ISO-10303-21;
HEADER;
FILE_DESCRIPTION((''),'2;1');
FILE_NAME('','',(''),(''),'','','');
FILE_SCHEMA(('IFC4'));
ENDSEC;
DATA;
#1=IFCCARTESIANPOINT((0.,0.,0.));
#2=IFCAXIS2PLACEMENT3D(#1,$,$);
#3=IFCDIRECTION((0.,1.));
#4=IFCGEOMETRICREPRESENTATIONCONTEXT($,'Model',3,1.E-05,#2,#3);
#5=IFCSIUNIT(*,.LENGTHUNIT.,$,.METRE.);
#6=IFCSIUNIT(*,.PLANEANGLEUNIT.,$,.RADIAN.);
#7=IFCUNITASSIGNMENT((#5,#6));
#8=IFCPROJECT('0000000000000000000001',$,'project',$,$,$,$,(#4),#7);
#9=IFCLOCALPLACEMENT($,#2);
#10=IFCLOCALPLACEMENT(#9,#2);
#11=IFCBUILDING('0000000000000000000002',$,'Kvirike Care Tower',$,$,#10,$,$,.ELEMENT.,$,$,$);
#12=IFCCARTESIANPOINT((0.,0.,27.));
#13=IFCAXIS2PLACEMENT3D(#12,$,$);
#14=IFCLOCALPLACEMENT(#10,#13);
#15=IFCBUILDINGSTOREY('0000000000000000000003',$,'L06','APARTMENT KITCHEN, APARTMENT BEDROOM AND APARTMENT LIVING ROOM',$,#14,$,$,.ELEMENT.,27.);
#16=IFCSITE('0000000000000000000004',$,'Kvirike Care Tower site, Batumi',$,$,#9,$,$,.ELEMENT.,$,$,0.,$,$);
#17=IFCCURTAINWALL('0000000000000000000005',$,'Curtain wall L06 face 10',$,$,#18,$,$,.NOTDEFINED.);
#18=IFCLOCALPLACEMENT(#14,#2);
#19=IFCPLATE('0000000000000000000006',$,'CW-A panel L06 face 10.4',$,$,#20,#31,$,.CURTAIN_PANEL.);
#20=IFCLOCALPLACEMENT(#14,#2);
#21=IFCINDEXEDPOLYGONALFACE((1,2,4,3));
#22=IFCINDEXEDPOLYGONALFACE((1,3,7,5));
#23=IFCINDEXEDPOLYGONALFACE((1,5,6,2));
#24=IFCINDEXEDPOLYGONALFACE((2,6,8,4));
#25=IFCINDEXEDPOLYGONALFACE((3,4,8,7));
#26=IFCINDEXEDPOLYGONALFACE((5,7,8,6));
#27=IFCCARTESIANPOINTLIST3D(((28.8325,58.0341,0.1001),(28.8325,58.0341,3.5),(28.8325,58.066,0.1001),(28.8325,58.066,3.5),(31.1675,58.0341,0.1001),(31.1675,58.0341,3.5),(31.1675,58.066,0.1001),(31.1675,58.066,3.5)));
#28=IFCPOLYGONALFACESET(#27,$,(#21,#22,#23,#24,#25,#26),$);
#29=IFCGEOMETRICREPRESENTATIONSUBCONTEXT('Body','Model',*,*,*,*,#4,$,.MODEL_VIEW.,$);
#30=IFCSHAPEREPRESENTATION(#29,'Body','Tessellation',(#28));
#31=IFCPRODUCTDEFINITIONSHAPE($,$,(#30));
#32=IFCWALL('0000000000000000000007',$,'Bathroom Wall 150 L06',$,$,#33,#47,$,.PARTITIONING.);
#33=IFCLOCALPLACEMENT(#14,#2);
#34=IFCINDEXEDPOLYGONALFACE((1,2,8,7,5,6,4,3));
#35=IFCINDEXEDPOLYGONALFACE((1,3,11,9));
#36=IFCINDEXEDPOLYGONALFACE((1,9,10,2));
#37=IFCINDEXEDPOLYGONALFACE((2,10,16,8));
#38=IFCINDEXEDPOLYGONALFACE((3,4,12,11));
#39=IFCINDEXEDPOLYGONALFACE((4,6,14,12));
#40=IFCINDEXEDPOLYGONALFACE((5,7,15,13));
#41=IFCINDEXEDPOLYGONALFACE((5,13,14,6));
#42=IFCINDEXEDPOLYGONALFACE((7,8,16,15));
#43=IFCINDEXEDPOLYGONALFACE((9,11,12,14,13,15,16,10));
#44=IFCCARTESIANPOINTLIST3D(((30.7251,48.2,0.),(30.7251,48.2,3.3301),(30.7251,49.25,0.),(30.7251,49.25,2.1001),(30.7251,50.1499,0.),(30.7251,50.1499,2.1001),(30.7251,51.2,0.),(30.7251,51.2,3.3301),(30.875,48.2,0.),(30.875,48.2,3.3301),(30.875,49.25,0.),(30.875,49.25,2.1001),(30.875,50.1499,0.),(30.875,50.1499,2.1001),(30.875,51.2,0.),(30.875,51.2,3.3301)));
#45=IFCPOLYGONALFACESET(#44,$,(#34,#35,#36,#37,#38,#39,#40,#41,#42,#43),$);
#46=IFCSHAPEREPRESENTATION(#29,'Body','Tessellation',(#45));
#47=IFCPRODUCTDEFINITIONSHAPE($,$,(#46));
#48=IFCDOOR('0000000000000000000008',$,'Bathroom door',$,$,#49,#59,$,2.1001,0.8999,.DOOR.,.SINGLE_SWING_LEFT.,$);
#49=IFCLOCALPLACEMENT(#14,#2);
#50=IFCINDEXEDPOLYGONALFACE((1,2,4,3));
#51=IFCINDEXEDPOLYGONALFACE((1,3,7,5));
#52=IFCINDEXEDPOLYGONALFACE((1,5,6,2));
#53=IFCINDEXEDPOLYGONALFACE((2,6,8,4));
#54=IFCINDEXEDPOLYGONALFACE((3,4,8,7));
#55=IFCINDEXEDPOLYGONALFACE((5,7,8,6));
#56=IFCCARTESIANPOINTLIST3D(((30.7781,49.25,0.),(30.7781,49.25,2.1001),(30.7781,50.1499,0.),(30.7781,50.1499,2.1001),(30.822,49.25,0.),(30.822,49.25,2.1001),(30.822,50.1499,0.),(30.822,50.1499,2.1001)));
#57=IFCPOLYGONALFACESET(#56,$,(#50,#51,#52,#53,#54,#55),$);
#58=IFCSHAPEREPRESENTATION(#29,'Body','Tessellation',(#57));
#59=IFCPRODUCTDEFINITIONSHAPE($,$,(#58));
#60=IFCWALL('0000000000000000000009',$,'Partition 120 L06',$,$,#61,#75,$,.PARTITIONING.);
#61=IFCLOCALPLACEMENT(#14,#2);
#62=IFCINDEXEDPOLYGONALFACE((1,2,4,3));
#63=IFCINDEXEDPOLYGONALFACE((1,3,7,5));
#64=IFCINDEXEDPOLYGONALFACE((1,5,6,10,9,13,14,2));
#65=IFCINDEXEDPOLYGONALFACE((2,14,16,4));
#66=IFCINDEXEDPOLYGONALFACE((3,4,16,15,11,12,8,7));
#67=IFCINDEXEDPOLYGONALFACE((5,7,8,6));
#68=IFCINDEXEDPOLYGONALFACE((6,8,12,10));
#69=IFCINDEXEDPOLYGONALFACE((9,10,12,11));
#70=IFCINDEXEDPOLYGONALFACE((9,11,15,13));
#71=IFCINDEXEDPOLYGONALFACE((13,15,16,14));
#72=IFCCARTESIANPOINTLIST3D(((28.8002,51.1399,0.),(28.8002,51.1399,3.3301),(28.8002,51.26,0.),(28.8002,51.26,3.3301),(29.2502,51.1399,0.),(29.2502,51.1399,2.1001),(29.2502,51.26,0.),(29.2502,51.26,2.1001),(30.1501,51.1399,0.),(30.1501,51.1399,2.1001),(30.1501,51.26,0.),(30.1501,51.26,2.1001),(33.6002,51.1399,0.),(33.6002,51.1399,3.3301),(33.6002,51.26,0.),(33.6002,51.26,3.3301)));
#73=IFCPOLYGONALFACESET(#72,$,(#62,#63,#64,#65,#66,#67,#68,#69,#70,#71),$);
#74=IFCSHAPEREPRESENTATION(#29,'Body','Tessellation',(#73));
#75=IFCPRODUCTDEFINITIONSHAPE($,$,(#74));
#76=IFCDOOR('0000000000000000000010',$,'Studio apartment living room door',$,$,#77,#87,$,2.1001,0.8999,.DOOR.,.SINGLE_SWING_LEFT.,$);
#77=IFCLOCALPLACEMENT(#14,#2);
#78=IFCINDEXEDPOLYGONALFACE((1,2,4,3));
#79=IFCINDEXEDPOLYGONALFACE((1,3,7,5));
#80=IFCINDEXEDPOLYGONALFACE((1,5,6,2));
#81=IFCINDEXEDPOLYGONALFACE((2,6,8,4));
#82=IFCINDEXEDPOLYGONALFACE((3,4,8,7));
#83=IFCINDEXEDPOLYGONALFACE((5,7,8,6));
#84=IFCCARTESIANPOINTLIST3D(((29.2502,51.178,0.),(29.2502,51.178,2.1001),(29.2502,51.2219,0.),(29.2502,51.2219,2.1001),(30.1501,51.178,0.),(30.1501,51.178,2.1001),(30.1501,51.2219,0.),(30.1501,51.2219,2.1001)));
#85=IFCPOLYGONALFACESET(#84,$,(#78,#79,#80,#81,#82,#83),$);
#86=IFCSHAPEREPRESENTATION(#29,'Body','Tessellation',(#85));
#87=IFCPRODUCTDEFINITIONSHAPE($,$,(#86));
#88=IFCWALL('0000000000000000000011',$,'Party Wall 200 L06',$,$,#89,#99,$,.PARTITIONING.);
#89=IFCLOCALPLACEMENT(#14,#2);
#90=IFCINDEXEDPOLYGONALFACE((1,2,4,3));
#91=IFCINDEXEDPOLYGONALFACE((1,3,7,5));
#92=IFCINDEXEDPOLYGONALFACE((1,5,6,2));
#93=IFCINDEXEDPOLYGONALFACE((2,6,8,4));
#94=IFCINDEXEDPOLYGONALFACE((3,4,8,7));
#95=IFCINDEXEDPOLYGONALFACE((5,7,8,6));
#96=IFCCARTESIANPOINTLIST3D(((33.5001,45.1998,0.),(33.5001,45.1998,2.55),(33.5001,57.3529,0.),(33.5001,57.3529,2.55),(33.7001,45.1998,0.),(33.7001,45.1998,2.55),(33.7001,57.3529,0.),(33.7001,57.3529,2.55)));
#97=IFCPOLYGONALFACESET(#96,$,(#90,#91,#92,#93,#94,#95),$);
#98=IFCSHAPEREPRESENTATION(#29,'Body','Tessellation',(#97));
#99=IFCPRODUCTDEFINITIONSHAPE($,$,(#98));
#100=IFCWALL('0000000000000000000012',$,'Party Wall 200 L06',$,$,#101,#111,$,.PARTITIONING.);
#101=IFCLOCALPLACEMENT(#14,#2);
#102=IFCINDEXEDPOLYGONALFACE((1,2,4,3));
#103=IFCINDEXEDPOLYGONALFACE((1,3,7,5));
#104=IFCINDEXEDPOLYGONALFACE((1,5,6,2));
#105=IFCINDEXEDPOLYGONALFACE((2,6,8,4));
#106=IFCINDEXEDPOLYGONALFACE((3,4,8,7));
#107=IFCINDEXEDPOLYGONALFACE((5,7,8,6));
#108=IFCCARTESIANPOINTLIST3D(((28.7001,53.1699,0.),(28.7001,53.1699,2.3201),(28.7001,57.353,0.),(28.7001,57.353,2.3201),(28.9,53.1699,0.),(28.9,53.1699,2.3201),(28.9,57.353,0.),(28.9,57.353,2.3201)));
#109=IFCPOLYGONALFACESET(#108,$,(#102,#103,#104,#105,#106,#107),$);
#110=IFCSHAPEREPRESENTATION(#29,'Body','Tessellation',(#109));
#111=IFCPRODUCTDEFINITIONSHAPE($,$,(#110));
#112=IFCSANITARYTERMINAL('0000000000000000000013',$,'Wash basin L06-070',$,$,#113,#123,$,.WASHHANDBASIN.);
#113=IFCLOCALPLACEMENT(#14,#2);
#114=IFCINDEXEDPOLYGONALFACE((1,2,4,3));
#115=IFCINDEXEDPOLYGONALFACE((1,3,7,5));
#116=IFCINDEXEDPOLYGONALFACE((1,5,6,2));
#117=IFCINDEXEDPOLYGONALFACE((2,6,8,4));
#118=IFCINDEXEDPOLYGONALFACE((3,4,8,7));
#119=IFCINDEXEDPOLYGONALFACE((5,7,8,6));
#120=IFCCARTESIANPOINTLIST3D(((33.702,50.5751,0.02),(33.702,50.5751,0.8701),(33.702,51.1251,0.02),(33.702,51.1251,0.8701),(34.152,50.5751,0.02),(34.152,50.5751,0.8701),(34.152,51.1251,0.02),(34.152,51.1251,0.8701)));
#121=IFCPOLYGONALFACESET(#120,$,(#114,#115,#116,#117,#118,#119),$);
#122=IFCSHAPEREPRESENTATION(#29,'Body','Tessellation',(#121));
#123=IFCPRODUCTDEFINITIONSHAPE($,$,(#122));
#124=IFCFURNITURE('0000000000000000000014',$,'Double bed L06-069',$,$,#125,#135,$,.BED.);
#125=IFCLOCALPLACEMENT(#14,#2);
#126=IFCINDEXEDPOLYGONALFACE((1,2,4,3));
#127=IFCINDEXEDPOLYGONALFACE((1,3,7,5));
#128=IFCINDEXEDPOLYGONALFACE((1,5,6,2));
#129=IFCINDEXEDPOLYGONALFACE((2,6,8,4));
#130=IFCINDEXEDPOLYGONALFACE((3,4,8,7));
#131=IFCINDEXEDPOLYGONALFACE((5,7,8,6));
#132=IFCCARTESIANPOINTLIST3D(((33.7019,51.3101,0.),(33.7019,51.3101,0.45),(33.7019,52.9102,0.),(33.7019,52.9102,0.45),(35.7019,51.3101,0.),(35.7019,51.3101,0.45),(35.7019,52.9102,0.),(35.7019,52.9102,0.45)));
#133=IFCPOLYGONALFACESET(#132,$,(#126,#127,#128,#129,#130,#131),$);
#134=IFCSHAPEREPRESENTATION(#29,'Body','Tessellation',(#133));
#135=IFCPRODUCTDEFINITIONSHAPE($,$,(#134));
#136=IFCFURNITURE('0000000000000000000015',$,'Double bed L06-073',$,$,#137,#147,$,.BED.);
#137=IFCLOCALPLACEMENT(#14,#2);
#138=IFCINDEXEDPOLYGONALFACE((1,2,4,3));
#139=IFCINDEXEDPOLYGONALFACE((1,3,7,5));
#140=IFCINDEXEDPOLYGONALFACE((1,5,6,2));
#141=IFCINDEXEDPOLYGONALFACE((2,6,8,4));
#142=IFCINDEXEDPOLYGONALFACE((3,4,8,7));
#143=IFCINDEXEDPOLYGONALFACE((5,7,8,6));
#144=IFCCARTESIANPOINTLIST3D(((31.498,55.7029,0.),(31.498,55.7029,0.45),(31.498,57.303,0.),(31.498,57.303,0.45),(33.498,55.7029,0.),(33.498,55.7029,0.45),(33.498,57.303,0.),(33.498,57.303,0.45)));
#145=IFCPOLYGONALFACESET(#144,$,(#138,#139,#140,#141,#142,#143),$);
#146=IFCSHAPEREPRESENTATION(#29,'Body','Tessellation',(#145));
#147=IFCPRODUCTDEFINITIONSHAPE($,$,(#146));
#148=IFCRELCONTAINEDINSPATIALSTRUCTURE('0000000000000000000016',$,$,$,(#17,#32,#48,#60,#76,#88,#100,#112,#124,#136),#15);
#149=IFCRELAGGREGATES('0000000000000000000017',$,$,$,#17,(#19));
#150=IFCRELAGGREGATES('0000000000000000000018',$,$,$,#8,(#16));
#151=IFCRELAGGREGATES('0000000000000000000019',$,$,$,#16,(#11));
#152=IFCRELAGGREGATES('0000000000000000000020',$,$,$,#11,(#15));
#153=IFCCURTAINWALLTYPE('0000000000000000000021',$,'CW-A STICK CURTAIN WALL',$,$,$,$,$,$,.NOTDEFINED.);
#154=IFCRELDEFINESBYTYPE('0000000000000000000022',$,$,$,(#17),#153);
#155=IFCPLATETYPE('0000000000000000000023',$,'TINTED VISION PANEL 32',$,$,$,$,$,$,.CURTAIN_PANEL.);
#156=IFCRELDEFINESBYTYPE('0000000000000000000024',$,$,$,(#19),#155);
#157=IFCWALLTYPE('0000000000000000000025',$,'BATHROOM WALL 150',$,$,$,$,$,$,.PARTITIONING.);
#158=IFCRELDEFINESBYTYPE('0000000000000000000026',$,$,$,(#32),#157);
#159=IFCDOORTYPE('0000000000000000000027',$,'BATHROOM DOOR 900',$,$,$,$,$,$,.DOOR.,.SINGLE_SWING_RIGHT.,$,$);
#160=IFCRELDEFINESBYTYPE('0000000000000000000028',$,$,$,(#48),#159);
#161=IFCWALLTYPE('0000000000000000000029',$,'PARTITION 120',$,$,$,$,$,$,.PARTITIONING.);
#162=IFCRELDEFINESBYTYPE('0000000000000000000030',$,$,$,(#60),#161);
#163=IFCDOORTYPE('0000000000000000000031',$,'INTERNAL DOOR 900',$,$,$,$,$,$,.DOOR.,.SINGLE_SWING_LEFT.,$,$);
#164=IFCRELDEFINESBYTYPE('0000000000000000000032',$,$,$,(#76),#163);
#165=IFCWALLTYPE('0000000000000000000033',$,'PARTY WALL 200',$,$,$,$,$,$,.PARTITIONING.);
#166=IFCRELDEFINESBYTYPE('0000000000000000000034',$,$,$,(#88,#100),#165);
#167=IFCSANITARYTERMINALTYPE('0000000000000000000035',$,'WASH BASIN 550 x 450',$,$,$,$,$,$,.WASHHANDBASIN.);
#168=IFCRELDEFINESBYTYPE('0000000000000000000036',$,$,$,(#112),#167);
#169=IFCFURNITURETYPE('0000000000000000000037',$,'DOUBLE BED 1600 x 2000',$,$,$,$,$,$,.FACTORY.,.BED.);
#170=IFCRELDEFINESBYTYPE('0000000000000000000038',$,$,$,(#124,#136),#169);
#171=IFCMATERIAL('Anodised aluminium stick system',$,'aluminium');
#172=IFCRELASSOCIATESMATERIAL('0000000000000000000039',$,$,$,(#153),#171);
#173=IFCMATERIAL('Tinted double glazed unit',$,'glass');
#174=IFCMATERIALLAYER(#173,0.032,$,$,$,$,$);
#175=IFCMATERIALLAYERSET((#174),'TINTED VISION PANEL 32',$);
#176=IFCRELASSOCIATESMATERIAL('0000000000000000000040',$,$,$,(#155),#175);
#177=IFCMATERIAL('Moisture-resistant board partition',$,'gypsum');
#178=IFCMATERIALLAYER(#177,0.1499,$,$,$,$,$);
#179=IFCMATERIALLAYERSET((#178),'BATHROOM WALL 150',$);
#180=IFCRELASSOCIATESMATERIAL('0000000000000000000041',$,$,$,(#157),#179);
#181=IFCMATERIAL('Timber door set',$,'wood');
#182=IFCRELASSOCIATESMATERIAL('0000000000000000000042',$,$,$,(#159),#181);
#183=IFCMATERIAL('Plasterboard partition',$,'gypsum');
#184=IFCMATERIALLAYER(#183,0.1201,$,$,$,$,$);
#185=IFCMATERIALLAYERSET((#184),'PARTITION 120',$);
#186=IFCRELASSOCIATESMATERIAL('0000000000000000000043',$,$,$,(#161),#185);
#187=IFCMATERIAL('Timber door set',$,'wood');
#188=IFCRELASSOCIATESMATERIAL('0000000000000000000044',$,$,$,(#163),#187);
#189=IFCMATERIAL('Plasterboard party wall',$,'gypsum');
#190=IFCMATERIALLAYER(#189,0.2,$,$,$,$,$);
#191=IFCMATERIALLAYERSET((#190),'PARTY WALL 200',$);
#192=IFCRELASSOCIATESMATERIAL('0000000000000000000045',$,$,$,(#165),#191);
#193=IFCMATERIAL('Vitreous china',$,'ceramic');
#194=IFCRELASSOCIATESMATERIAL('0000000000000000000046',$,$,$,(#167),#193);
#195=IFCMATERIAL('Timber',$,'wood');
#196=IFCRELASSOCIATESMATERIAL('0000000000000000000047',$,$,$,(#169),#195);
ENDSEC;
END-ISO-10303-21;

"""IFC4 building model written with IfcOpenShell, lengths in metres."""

from ifc_helpers import new_model, si_unit, direction, frame, frame_2d, origin, origin_2d, place, context, subcontext, project, spatial, rectangle, extrude, material, layer, layer_set, type_object, element, fill, aggregate, save


model = new_model("IFC4")

# Units and contexts
model_context = context("Model", 3, precision=1e-05, world=origin(), true_north=direction((0.0, 1.0)))
body_context = subcontext(model_context, "Body", "Model", "MODEL_VIEW")
ifc_project = project(units=[si_unit("LENGTHUNIT", "METRE"), si_unit("PLANEANGLEUNIT", "RADIAN")], contexts=[model_context])

# Site, building, storey
site_placement = place(None, origin())
site = spatial("IfcSite", under=ifc_project, at=site_placement, Name="Kvirike Care Tower site, Batumi", CompositionType="ELEMENT", RefElevation=0.0)
building_placement = place(site_placement, origin())
building = spatial("IfcBuilding", under=site, at=building_placement, Name="Kvirike Care Tower", CompositionType="ELEMENT")
storey_placement = place(building_placement, frame((0.0, 0.0, 27.0)))
storey = spatial("IfcBuildingStorey", under=building, at=storey_placement, Name="L06", Description="APARTMENT KITCHEN, APARTMENT BEDROOM AND APARTMENT LIVING ROOM", CompositionType="ELEMENT", Elevation=27.0)

# Curtain wall
ifc_material_1 = material(Name="Anodised aluminium stick system", Category="aluminium")
curtain_wall_type = type_object("IfcCurtainWallType", Name="CW-A STICK CURTAIN WALL", PredefinedType="NOTDEFINED", material=ifc_material_1)
curtain_wall_placement = place(storey_placement, origin())
curtain_wall = element("IfcCurtainWall", 1, at=curtain_wall_placement, inside=storey, type_object=curtain_wall_type, Name="Curtain wall L06 face 10", PredefinedType="NOTDEFINED")

# Plate
ifc_material_2 = material(Name="Tinted double glazed unit", Category="glass")
ifc_layer_1 = layer(ifc_material_2, 0.032)
ifc_layer_set_1 = layer_set([ifc_layer_1], Name="TINTED VISION PANEL 32")
plate_type = type_object("IfcPlateType", Name="TINTED VISION PANEL 32", PredefinedType="CURTAIN_PANEL", material=ifc_layer_set_1)
plate_1_placement = place(storey_placement, frame((30.0, 58.05, 0.1001), z_axis=(0.0, 0.0, 1.0), x_axis=(-1.0, 0.0, 0.0)))
plate_1 = element("IfcPlate", 2, at=plate_1_placement, type_object=plate_type, Name="CW-A panel L06 face 10.4", PredefinedType="CURTAIN_PANEL", context=body_context, shape_type="SweptSolid", body=[
    extrude(rectangle(XDim=2.335, YDim=0.032, at=origin_2d()), origin(), (0.0, 0.0, 1.0), 3.3999),
])
aggregate(curtain_wall, [plate_1])

# Walls, openings, doors
ifc_material_3 = material(Name="Moisture-resistant board partition", Category="gypsum")
ifc_layer_2 = layer(ifc_material_3, 0.1499)
ifc_layer_set_2 = layer_set([ifc_layer_2], Name="BATHROOM WALL 150")
wall_type_1 = type_object("IfcWallType", Name="BATHROOM WALL 150", PredefinedType="PARTITIONING", material=ifc_layer_set_2)
wall_1_placement = place(storey_placement, frame((30.8, 51.2, 0.0), z_axis=(0.0, 0.0, 1.0), x_axis=(0.0, -1.0, 0.0)))
wall_1 = element("IfcWall", 3, at=wall_1_placement, inside=storey, type_object=wall_type_1, Name="Bathroom Wall 150 L06", PredefinedType="PARTITIONING", context=body_context, shape_type="SweptSolid", body=[
    extrude(rectangle(XDim=3.0, YDim=0.1499, at=frame_2d((1.5, 0.0))), origin(), (0.0, 0.0, 1.0), 3.3301),
])
opening_1_placement = place(wall_1_placement, frame((1.05, 0.0, 0.0)))
opening_1 = element("IfcOpeningElement", 4, at=opening_1_placement, cuts=wall_1, PredefinedType="OPENING", context=body_context, shape_type="SweptSolid", body=[
    extrude(rectangle(XDim=0.8999, YDim=2.1001, at=frame_2d((0.45, 1.05))), frame((0.0, 0.0854, 0.0), z_axis=(0.0, -1.0, 0.0), x_axis=(1.0, 0.0, 0.0)), (0.0, 0.0, 1.0), 0.1709),
])
ifc_material_4 = material(Name="Timber door set", Category="wood")
door_type_1 = type_object("IfcDoorType", Name="BATHROOM DOOR 900", OperationType="SINGLE_SWING_RIGHT", PredefinedType="DOOR", material=ifc_material_4)
door_1_placement = place(opening_1_placement, origin())
door_1 = element("IfcDoor", 5, at=door_1_placement, inside=storey, type_object=door_type_1, Name="Bathroom door", OperationType="SINGLE_SWING_LEFT", OverallHeight=2.1001, OverallWidth=0.8999, PredefinedType="DOOR", context=body_context, shape_type="SweptSolid", body=[
    extrude(rectangle(XDim=0.8999, YDim=2.1001, at=frame_2d((0.45, 1.05))), frame((0.0, 0.022, 0.0), z_axis=(0.0, -1.0, 0.0), x_axis=(1.0, 0.0, 0.0)), (0.0, 0.0, 1.0), 0.0439),
])
fill(opening_1, door_1)
ifc_material_5 = material(Name="Plasterboard partition", Category="gypsum")
ifc_layer_3 = layer(ifc_material_5, 0.1201)
ifc_layer_set_3 = layer_set([ifc_layer_3], Name="PARTITION 120")
wall_type_2 = type_object("IfcWallType", Name="PARTITION 120", PredefinedType="PARTITIONING", material=ifc_layer_set_3)
wall_2_placement = place(storey_placement, frame((33.6001, 51.2, 0.0), z_axis=(0.0, 0.0, 1.0), x_axis=(-1.0, 0.0, 0.0)))
wall_2 = element("IfcWall", 6, at=wall_2_placement, inside=storey, type_object=wall_type_2, Name="Partition 120 L06", PredefinedType="PARTITIONING", context=body_context, shape_type="SweptSolid", body=[
    extrude(rectangle(XDim=4.8, YDim=0.1201, at=frame_2d((2.3999, 0.0))), origin(), (0.0, 0.0, 1.0), 3.3301),
])
opening_2_placement = place(wall_2_placement, frame((3.45, 0.0, 0.0)))
opening_2 = element("IfcOpeningElement", 7, at=opening_2_placement, cuts=wall_2, PredefinedType="OPENING", context=body_context, shape_type="SweptSolid", body=[
    extrude(rectangle(XDim=0.8999, YDim=2.1001, at=frame_2d((0.45, 1.05))), frame((0.0, 0.0706, 0.0), z_axis=(0.0, -1.0, 0.0), x_axis=(1.0, 0.0, 0.0)), (0.0, 0.0, 1.0), 0.1411),
])
ifc_material_6 = material(Name="Timber door set", Category="wood")
door_type_2 = type_object("IfcDoorType", Name="INTERNAL DOOR 900", OperationType="SINGLE_SWING_LEFT", PredefinedType="DOOR", material=ifc_material_6)
door_2_placement = place(opening_2_placement, origin())
door_2 = element("IfcDoor", 8, at=door_2_placement, inside=storey, type_object=door_type_2, Name="Studio apartment living room door", OperationType="SINGLE_SWING_LEFT", OverallHeight=2.1001, OverallWidth=0.8999, PredefinedType="DOOR", context=body_context, shape_type="SweptSolid", body=[
    extrude(rectangle(XDim=0.8999, YDim=2.1001, at=frame_2d((0.45, 1.05))), frame((0.0, 0.022, 0.0), z_axis=(0.0, -1.0, 0.0), x_axis=(1.0, 0.0, 0.0)), (0.0, 0.0, 1.0), 0.0439),
])
fill(opening_2, door_2)

# Walls
ifc_material_7 = material(Name="Plasterboard party wall", Category="gypsum")
ifc_layer_4 = layer(ifc_material_7, 0.2)
ifc_layer_set_4 = layer_set([ifc_layer_4], Name="PARTY WALL 200")
wall_type_3 = type_object("IfcWallType", Name="PARTY WALL 200", PredefinedType="PARTITIONING", material=ifc_layer_set_4)
wall_3_placement = place(storey_placement, frame((33.6001, 57.353, 0.0), z_axis=(0.0, 0.0, 1.0), x_axis=(0.0, -1.0, 0.0)))
element("IfcWall", 9, at=wall_3_placement, inside=storey, type_object=wall_type_3, Name="Party Wall 200 L06", PredefinedType="PARTITIONING", context=body_context, shape_type="SweptSolid", body=[
    extrude(rectangle(XDim=12.1531, YDim=0.2, at=frame_2d((6.0767, 0.0))), origin(), (0.0, 0.0, 1.0), 2.55),
])
wall_4_placement = place(storey_placement, frame((28.8, 53.1699, 0.0), z_axis=(0.0, 0.0, 1.0), x_axis=(0.0, 1.0, 0.0)))
element("IfcWall", 10, at=wall_4_placement, inside=storey, type_object=wall_type_3, Name="Party Wall 200 L06", PredefinedType="PARTITIONING", context=body_context, shape_type="SweptSolid", body=[
    extrude(rectangle(XDim=4.1831, YDim=0.2, at=frame_2d((2.0916, 0.0))), origin(), (0.0, 0.0, 1.0), 2.3201),
])

# Sanitary terminal
ifc_material_8 = material(Name="Vitreous china", Category="ceramic")
sanitary_terminal_type = type_object("IfcSanitaryTerminalType", Name="WASH BASIN 550 x 450", PredefinedType="WASHHANDBASIN", material=ifc_material_8)
sanitary_terminal_placement = place(storey_placement, frame((33.927, 50.8501, 0.02), z_axis=(0.0, 0.0, 1.0), x_axis=(0.0, 1.0, 0.0)))
element("IfcSanitaryTerminal", 11, at=sanitary_terminal_placement, inside=storey, type_object=sanitary_terminal_type, Name="Wash basin L06-070", PredefinedType="WASHHANDBASIN", context=body_context, shape_type="SweptSolid", body=[
    extrude(rectangle(XDim=0.55, YDim=0.45, at=origin_2d()), origin(), (0.0, 0.0, 1.0), 0.8501),
])

# Furniture
ifc_material_9 = material(Name="Timber", Category="wood")
furniture_type = type_object("IfcFurnitureType", Name="DOUBLE BED 1600 x 2000", AssemblyPlace="FACTORY", PredefinedType="BED", material=ifc_material_9)
for number, where, z_axis, x_axis, name in (
    (12, (34.7019, 52.1101, 0.0), (0.0, 0.0, 1.0), (0.0, 1.0, 0.0), "Double bed L06-069"),
    (13, (32.498, 56.5029, 0.0), (0.0, 0.0, 1.0), (0.0, -1.0, 0.0), "Double bed L06-073"),
):
    element("IfcFurniture", number, at=place(storey_placement, frame(where, z_axis=z_axis, x_axis=x_axis)), inside=storey, type_object=furniture_type, Name=name, PredefinedType="BED", context=body_context, shape_type="SweptSolid", body=[
        extrude(rectangle(XDim=1.6001, YDim=2.0, at=origin_2d()), origin(), (0.0, 0.0, 1.0), 0.45),
    ])

save(model, "model.ifc")
